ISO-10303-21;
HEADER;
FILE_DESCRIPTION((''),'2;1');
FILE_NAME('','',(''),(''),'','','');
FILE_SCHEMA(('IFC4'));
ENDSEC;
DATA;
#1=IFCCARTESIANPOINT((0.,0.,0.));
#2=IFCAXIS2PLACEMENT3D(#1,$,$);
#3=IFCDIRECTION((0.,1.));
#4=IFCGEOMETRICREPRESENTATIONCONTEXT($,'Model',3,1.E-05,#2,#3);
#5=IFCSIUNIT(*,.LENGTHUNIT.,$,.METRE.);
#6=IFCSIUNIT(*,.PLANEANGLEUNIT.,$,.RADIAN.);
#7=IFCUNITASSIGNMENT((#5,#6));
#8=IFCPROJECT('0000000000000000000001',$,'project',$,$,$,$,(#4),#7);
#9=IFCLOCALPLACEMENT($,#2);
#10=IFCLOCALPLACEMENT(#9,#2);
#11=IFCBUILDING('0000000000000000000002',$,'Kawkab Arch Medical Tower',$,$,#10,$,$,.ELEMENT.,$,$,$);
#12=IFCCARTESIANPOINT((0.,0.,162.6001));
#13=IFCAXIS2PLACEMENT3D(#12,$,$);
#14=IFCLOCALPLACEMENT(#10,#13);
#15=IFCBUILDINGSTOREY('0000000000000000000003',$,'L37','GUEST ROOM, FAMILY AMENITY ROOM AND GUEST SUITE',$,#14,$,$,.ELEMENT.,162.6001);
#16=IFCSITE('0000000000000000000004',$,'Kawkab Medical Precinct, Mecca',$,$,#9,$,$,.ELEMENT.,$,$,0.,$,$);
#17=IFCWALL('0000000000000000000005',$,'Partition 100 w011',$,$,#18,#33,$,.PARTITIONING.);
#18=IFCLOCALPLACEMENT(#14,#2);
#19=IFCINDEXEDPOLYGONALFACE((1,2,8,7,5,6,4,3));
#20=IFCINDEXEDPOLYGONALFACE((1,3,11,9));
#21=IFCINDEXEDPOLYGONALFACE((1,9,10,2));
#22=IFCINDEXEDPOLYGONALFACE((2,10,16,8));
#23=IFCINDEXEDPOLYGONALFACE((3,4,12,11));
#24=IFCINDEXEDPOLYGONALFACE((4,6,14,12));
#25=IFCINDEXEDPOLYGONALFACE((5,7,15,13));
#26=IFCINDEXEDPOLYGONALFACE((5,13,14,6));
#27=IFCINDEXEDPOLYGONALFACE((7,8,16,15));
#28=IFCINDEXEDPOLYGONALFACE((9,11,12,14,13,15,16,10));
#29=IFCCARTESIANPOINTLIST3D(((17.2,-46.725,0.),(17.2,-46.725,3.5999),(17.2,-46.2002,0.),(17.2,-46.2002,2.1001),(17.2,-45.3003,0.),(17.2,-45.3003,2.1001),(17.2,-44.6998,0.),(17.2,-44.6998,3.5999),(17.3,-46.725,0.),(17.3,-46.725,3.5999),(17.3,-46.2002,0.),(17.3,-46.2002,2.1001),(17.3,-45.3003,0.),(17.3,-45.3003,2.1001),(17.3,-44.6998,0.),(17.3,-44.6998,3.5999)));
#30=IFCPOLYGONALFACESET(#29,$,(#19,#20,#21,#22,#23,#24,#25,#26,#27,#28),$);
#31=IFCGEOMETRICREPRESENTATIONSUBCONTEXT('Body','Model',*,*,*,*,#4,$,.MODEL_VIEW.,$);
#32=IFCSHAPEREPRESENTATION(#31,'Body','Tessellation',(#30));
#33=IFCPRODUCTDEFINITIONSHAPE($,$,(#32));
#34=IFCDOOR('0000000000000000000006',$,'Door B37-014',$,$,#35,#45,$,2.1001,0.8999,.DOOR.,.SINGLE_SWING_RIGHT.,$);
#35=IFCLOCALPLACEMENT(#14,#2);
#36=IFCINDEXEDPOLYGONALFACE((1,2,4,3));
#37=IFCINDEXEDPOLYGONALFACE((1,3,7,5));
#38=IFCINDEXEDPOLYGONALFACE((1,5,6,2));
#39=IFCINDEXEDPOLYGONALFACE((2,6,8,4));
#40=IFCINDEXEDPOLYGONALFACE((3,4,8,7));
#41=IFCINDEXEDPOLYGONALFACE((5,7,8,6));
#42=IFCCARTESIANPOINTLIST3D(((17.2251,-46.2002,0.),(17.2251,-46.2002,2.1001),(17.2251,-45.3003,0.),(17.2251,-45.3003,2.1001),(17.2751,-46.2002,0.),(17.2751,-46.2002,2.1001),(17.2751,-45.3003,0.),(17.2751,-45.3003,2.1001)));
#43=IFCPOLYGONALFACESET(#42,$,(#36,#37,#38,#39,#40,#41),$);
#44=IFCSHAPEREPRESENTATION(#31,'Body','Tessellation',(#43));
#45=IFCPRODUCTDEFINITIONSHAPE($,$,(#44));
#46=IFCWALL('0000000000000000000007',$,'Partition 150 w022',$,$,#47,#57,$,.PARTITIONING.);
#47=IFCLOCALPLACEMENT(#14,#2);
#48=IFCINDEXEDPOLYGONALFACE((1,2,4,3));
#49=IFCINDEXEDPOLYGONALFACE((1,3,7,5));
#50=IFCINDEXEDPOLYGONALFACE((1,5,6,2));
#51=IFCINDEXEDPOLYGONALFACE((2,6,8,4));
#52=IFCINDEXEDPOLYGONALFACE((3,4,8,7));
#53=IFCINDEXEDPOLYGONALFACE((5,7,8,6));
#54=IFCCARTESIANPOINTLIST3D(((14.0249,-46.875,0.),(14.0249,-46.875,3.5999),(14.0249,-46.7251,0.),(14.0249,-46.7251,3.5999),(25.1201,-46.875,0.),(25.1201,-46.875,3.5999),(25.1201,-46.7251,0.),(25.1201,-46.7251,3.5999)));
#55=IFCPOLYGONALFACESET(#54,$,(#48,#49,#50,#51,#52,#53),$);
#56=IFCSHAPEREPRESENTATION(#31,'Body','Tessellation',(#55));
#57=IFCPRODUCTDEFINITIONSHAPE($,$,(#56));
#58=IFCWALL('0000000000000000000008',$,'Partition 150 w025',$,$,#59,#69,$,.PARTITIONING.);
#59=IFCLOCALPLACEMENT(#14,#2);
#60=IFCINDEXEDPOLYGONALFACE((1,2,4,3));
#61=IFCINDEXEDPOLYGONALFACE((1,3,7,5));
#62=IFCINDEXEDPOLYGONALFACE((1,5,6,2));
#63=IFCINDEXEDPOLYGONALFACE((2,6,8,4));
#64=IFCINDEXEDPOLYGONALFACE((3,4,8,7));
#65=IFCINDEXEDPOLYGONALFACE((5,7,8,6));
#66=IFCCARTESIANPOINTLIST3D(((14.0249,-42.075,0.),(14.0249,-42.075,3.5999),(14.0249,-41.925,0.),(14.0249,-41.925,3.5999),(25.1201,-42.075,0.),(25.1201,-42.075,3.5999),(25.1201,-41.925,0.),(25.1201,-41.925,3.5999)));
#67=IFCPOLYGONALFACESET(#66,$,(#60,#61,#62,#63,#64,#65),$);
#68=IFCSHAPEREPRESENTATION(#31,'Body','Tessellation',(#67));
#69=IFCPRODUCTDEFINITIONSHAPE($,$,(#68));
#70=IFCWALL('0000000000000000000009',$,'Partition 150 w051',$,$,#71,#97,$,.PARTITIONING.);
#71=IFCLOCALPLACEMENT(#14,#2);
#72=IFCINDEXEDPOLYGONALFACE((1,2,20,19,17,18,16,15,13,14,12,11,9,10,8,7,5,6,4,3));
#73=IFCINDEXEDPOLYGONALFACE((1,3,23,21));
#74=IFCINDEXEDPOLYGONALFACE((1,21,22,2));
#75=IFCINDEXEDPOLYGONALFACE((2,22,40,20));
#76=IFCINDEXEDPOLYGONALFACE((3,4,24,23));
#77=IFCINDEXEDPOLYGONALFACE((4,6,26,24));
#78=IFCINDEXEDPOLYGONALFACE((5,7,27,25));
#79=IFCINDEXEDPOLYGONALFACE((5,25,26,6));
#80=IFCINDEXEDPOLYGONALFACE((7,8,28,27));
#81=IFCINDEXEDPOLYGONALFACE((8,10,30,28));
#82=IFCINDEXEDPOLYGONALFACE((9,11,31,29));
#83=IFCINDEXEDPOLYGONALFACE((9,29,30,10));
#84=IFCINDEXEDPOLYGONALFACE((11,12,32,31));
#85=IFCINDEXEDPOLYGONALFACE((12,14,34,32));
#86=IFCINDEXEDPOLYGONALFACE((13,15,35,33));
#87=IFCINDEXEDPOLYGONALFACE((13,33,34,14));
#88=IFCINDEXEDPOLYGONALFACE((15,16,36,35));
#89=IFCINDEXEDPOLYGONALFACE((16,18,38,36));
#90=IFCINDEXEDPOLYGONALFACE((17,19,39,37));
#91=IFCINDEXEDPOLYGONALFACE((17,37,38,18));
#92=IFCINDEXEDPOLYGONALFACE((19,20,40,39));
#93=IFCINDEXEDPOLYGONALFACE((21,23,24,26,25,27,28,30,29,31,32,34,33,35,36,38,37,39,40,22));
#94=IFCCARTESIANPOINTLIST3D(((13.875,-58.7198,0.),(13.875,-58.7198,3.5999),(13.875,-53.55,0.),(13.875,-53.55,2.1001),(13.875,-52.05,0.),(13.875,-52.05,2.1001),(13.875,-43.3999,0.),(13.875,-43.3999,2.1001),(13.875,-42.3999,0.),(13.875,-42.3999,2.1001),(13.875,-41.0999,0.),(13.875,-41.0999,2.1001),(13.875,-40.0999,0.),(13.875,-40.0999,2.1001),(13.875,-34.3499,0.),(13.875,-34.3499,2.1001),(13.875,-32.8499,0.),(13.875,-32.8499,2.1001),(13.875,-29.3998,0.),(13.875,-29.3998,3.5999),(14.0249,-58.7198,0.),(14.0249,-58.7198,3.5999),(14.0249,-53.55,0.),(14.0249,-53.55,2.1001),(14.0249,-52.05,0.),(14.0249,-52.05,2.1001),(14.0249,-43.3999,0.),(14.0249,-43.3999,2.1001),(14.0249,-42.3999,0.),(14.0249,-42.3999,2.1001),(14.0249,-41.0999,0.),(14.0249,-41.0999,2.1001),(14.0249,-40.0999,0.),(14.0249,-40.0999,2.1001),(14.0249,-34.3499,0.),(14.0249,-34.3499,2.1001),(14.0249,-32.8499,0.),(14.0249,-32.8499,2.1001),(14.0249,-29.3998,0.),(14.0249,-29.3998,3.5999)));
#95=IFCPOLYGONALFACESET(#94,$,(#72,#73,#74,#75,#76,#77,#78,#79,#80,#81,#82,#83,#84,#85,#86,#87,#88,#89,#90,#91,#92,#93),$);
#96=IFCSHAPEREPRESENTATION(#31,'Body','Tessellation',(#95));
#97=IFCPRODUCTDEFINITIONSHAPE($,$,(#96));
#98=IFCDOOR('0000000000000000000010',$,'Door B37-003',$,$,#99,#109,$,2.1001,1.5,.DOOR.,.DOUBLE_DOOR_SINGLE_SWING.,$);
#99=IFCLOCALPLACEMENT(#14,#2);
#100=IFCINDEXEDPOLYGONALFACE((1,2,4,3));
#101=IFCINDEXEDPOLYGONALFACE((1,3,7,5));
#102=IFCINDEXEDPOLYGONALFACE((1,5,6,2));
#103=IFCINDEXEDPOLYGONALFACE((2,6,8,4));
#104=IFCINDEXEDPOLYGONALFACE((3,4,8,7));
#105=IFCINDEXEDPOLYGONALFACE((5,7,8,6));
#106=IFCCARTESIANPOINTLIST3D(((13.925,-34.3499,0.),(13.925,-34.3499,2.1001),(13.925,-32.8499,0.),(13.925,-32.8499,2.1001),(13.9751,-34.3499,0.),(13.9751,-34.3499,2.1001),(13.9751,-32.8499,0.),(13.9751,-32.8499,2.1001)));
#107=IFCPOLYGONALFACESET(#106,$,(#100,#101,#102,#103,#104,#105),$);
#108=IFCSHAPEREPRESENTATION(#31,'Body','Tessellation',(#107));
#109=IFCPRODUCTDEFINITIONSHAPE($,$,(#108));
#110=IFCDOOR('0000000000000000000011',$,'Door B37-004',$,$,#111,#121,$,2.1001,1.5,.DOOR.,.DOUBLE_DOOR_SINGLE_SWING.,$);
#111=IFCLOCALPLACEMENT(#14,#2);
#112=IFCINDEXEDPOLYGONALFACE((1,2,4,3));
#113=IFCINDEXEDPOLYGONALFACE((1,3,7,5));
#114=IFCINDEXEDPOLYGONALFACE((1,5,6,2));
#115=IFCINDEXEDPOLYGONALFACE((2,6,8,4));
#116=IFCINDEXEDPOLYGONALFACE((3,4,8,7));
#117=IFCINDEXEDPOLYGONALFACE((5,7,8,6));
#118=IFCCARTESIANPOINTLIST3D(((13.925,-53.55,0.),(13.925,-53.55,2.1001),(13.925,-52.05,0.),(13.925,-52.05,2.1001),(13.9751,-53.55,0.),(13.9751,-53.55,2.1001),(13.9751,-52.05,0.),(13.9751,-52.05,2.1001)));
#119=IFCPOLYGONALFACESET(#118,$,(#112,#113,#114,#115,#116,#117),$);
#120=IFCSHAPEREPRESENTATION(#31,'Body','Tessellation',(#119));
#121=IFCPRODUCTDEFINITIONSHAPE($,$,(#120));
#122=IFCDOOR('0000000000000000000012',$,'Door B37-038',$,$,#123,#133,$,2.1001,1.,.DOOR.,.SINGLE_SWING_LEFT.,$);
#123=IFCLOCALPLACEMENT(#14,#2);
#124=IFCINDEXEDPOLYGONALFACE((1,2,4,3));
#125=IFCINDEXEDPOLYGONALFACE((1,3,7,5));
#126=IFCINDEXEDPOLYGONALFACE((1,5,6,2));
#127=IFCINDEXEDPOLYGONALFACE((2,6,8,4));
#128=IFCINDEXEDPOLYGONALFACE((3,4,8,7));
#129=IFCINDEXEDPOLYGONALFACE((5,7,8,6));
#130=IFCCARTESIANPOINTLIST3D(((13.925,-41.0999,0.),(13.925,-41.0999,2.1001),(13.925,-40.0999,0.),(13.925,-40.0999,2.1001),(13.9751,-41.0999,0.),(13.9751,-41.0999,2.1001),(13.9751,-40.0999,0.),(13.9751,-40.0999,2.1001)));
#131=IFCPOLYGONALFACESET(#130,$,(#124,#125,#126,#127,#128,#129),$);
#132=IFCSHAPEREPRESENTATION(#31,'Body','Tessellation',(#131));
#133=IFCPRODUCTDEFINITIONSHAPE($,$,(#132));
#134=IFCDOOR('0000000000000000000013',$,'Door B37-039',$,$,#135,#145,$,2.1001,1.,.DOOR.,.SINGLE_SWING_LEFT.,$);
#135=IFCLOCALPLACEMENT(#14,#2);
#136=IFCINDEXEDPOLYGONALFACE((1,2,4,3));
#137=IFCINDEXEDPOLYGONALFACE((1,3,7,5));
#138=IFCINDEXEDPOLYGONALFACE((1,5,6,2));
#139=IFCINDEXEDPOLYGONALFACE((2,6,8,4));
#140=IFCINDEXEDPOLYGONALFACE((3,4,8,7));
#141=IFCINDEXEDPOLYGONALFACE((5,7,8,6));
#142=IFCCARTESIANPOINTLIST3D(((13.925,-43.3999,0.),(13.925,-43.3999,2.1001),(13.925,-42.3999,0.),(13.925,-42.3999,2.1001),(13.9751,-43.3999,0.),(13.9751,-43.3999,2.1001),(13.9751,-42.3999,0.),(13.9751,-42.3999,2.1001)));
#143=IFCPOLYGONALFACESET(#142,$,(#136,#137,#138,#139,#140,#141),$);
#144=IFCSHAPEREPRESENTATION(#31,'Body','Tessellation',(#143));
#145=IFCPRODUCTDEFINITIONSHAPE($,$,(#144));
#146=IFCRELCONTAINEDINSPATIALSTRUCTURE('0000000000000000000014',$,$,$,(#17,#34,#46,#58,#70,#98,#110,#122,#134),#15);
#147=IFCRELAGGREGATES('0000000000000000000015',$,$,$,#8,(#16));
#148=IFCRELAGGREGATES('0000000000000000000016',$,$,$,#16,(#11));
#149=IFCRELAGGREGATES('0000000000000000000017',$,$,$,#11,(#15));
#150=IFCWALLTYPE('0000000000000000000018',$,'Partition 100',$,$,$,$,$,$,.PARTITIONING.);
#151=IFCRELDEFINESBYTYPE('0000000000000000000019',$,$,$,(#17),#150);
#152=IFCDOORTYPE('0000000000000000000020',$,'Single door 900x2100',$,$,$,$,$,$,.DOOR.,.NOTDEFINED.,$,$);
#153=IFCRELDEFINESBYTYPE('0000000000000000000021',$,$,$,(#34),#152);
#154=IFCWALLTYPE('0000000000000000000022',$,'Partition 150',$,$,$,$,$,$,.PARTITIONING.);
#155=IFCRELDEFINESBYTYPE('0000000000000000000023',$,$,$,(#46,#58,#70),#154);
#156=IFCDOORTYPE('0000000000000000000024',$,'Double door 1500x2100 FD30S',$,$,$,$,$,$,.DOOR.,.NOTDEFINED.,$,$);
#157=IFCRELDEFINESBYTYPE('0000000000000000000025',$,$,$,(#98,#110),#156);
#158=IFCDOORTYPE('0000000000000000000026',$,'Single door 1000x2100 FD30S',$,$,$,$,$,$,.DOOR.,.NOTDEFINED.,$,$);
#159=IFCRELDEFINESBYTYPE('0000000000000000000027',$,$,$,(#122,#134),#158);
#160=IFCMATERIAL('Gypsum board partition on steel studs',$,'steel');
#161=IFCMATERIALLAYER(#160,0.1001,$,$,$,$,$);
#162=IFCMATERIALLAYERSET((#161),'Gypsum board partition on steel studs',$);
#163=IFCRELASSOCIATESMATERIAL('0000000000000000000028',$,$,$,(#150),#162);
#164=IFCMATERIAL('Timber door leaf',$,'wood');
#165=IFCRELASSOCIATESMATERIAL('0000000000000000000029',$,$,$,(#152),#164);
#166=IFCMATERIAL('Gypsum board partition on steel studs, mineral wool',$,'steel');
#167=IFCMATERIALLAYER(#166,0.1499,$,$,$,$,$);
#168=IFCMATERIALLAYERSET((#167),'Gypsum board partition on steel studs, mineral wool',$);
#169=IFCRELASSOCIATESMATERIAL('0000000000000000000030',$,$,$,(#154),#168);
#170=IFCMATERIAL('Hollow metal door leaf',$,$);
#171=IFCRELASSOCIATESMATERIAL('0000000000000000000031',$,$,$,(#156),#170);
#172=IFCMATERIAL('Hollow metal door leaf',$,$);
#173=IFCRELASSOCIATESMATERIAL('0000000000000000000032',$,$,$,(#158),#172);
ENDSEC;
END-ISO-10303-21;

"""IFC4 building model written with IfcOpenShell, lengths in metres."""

from ifc_helpers import new_model, si_unit, direction, frame, frame_2d, origin, place, context, subcontext, project, spatial, rectangle, extrude, material, layer, layer_set, type_object, element, fill, save


model = new_model("IFC4")

# Units and contexts
model_context = context("Model", 3, precision=1e-05, world=origin(), true_north=direction((0.0, 1.0)))
body_context = subcontext(model_context, "Body", "Model", "MODEL_VIEW")
ifc_project = project(units=[si_unit("LENGTHUNIT", "METRE"), si_unit("PLANEANGLEUNIT", "RADIAN")], contexts=[model_context])

# Site, building, storey
site_placement = place(None, origin())
site = spatial("IfcSite", under=ifc_project, at=site_placement, Name="Kawkab Medical Precinct, Mecca", CompositionType="ELEMENT", RefElevation=0.0)
building_placement = place(site_placement, origin())
building = spatial("IfcBuilding", under=site, at=building_placement, Name="Kawkab Arch Medical Tower", CompositionType="ELEMENT")
storey_placement = place(building_placement, frame((0.0, 0.0, 162.6001)))
storey = spatial("IfcBuildingStorey", under=building, at=storey_placement, Name="L37", Description="GUEST ROOM, FAMILY AMENITY ROOM AND GUEST SUITE", CompositionType="ELEMENT", Elevation=162.6001)

# Shared definitions
ifc_material_1 = material(Name="Gypsum board partition on steel studs", Category="steel")
ifc_layer_1 = layer(ifc_material_1, 0.1001)
ifc_layer_set_1 = layer_set([ifc_layer_1], Name="Gypsum board partition on steel studs")
wall_type_1 = type_object("IfcWallType", Name="Partition 100", PredefinedType="PARTITIONING", material=ifc_layer_set_1)

# Shared definitions
ifc_material_2 = material(Name="Timber door leaf", Category="wood")
door_type_1 = type_object("IfcDoorType", Name="Single door 900x2100", OperationType="NOTDEFINED", PredefinedType="DOOR", material=ifc_material_2)

# Wall, opening, door
wall_1_placement = place(storey_placement, frame((17.25, -46.7251, 0.0), z_axis=(0.0, 0.0, 1.0), x_axis=(0.0, 1.0, 0.0)))
wall_1 = element("IfcWall", 1, at=wall_1_placement, inside=storey, type_object=wall_type_1, Name="Partition 100 w011", PredefinedType="PARTITIONING", context=body_context, shape_type="SweptSolid", body=[
    extrude(rectangle(XDim=2.0251, YDim=0.1001, at=frame_2d((1.0127, 0.0))), origin(), (0.0, 0.0, 1.0), 3.5999),
])
opening_1_placement = place(wall_1_placement, frame((0.5249, 0.0, 0.0)))
opening_1 = element("IfcOpeningElement", 2, at=opening_1_placement, cuts=wall_1, PredefinedType="OPENING", context=body_context, shape_type="SweptSolid", body=[
    extrude(rectangle(XDim=0.8999, YDim=2.1001, at=frame_2d((0.45, 1.05))), frame((0.0, 0.0601, 0.0), z_axis=(0.0, -1.0, 0.0), x_axis=(1.0, 0.0, 0.0)), (0.0, 0.0, 1.0), 0.1201),
])
door_1_placement = place(opening_1_placement, origin())
door_1 = element("IfcDoor", 3, at=door_1_placement, inside=storey, type_object=door_type_1, Name="Door B37-014", OperationType="SINGLE_SWING_RIGHT", OverallHeight=2.1001, OverallWidth=0.8999, PredefinedType="DOOR", context=body_context, shape_type="SweptSolid", body=[
    extrude(rectangle(XDim=0.8999, YDim=2.1001, at=frame_2d((0.45, 1.05))), frame((0.0, 0.0249, 0.0), z_axis=(0.0, -1.0, 0.0), x_axis=(1.0, 0.0, 0.0)), (0.0, 0.0, 1.0), 0.05),
])
fill(opening_1, door_1)

# Walls
ifc_material_3 = material(Name="Gypsum board partition on steel studs, mineral wool", Category="steel")
ifc_layer_2 = layer(ifc_material_3, 0.1499)
ifc_layer_set_2 = layer_set([ifc_layer_2], Name="Gypsum board partition on steel studs, mineral wool")
wall_type_2 = type_object("IfcWallType", Name="Partition 150", PredefinedType="PARTITIONING", material=ifc_layer_set_2)
for number, where, z_axis, x_axis, name in (
    (4, (14.0249, -46.8, 0.0), (0.0, 0.0, 1.0), (1.0, 0.0, 0.0), "Partition 150 w022"),
    (5, (14.0249, -42.0, 0.0), (0.0, 0.0, 1.0), (1.0, 0.0, 0.0), "Partition 150 w025"),
):
    element("IfcWall", number, at=place(storey_placement, frame(where, z_axis=z_axis, x_axis=x_axis)), inside=storey, type_object=wall_type_2, Name=name, PredefinedType="PARTITIONING", context=body_context, shape_type="SweptSolid", body=[
        extrude(rectangle(XDim=11.0952, YDim=0.1499, at=frame_2d((5.5476, 0.0))), origin(), (0.0, 0.0, 1.0), 3.5999),
    ])

# Wall, openings, doors
wall_2_placement = place(storey_placement, frame((13.95, -58.72, 0.0), z_axis=(0.0, 0.0, 1.0), x_axis=(0.0, 1.0, 0.0)))
wall_2 = element("IfcWall", 6, at=wall_2_placement, inside=storey, type_object=wall_type_2, Name="Partition 150 w051", PredefinedType="PARTITIONING", context=body_context, shape_type="SweptSolid", body=[
    extrude(rectangle(XDim=29.3201, YDim=0.1499, at=frame_2d((14.6602, 0.0))), origin(), (0.0, 0.0, 1.0), 3.5999),
])
opening_2_placement = place(wall_2_placement, frame((24.3701, 0.0, 0.0)))
opening_2 = element("IfcOpeningElement", 7, at=opening_2_placement, cuts=wall_2, PredefinedType="OPENING", context=body_context, shape_type="SweptSolid", body=[
    extrude(rectangle(XDim=1.5, YDim=2.1001, at=frame_2d((0.75, 1.05))), frame((0.0, 0.085, 0.0), z_axis=(0.0, -1.0, 0.0), x_axis=(1.0, 0.0, 0.0)), (0.0, 0.0, 1.0), 0.1699),
])
opening_3_placement = place(wall_2_placement, frame((17.6201, 0.0, 0.0)))
opening_3 = element("IfcOpeningElement", 8, at=opening_3_placement, cuts=wall_2, PredefinedType="OPENING", context=body_context, shape_type="SweptSolid", body=[
    extrude(rectangle(XDim=1.0, YDim=2.1001, at=frame_2d((0.5, 1.05))), frame((0.0, 0.085, 0.0), z_axis=(0.0, -1.0, 0.0), x_axis=(1.0, 0.0, 0.0)), (0.0, 0.0, 1.0), 0.1699),
])
opening_4_placement = place(wall_2_placement, frame((15.3201, 0.0, 0.0)))
opening_4 = element("IfcOpeningElement", 9, at=opening_4_placement, cuts=wall_2, PredefinedType="OPENING", context=body_context, shape_type="SweptSolid", body=[
    extrude(rectangle(XDim=1.0, YDim=2.1001, at=frame_2d((0.5, 1.05))), frame((0.0, 0.085, 0.0), z_axis=(0.0, -1.0, 0.0), x_axis=(1.0, 0.0, 0.0)), (0.0, 0.0, 1.0), 0.1699),
])
opening_5_placement = place(wall_2_placement, frame((5.1699, 0.0, 0.0)))
opening_5 = element("IfcOpeningElement", 10, at=opening_5_placement, cuts=wall_2, PredefinedType="OPENING", context=body_context, shape_type="SweptSolid", body=[
    extrude(rectangle(XDim=1.5, YDim=2.1001, at=frame_2d((0.75, 1.05))), frame((0.0, 0.085, 0.0), z_axis=(0.0, -1.0, 0.0), x_axis=(1.0, 0.0, 0.0)), (0.0, 0.0, 1.0), 0.1699),
])
ifc_material_4 = material(Name="Hollow metal door leaf")
door_type_2 = type_object("IfcDoorType", Name="Double door 1500x2100 FD30S", OperationType="NOTDEFINED", PredefinedType="DOOR", material=ifc_material_4)
door_2_placement = place(opening_2_placement, origin())
door_2 = element("IfcDoor", 11, at=door_2_placement, inside=storey, type_object=door_type_2, Name="Door B37-003", OperationType="DOUBLE_DOOR_SINGLE_SWING", OverallHeight=2.1001, OverallWidth=1.5, PredefinedType="DOOR", context=body_context, shape_type="SweptSolid", body=[
    extrude(rectangle(XDim=1.5, YDim=2.1001, at=frame_2d((0.75, 1.05))), frame((0.0, 0.0249, 0.0), z_axis=(0.0, -1.0, 0.0), x_axis=(1.0, 0.0, 0.0)), (0.0, 0.0, 1.0), 0.05),
])
fill(opening_2, door_2)
door_3_placement = place(opening_5_placement, origin())
door_3 = element("IfcDoor", 12, at=door_3_placement, inside=storey, type_object=door_type_2, Name="Door B37-004", OperationType="DOUBLE_DOOR_SINGLE_SWING", OverallHeight=2.1001, OverallWidth=1.5, PredefinedType="DOOR", context=body_context, shape_type="SweptSolid", body=[
    extrude(rectangle(XDim=1.5, YDim=2.1001, at=frame_2d((0.75, 1.05))), frame((0.0, 0.0249, 0.0), z_axis=(0.0, -1.0, 0.0), x_axis=(1.0, 0.0, 0.0)), (0.0, 0.0, 1.0), 0.05),
])
fill(opening_5, door_3)
ifc_material_5 = material(Name="Hollow metal door leaf")
door_type_3 = type_object("IfcDoorType", Name="Single door 1000x2100 FD30S", OperationType="NOTDEFINED", PredefinedType="DOOR", material=ifc_material_5)
door_4_placement = place(opening_3_placement, origin())
door_4 = element("IfcDoor", 13, at=door_4_placement, inside=storey, type_object=door_type_3, Name="Door B37-038", OperationType="SINGLE_SWING_LEFT", OverallHeight=2.1001, OverallWidth=1.0, PredefinedType="DOOR", context=body_context, shape_type="SweptSolid", body=[
    extrude(rectangle(XDim=1.0, YDim=2.1001, at=frame_2d((0.5, 1.05))), frame((0.0, 0.0249, 0.0), z_axis=(0.0, -1.0, 0.0), x_axis=(1.0, 0.0, 0.0)), (0.0, 0.0, 1.0), 0.05),
])
fill(opening_3, door_4)
door_5_placement = place(opening_4_placement, origin())
door_5 = element("IfcDoor", 14, at=door_5_placement, inside=storey, type_object=door_type_3, Name="Door B37-039", OperationType="SINGLE_SWING_LEFT", OverallHeight=2.1001, OverallWidth=1.0, PredefinedType="DOOR", context=body_context, shape_type="SweptSolid", body=[
    extrude(rectangle(XDim=1.0, YDim=2.1001, at=frame_2d((0.5, 1.05))), frame((0.0, 0.0249, 0.0), z_axis=(0.0, -1.0, 0.0), x_axis=(1.0, 0.0, 0.0)), (0.0, 0.0, 1.0), 0.05),
])
fill(opening_4, door_5)

save(model, "model.ifc")
